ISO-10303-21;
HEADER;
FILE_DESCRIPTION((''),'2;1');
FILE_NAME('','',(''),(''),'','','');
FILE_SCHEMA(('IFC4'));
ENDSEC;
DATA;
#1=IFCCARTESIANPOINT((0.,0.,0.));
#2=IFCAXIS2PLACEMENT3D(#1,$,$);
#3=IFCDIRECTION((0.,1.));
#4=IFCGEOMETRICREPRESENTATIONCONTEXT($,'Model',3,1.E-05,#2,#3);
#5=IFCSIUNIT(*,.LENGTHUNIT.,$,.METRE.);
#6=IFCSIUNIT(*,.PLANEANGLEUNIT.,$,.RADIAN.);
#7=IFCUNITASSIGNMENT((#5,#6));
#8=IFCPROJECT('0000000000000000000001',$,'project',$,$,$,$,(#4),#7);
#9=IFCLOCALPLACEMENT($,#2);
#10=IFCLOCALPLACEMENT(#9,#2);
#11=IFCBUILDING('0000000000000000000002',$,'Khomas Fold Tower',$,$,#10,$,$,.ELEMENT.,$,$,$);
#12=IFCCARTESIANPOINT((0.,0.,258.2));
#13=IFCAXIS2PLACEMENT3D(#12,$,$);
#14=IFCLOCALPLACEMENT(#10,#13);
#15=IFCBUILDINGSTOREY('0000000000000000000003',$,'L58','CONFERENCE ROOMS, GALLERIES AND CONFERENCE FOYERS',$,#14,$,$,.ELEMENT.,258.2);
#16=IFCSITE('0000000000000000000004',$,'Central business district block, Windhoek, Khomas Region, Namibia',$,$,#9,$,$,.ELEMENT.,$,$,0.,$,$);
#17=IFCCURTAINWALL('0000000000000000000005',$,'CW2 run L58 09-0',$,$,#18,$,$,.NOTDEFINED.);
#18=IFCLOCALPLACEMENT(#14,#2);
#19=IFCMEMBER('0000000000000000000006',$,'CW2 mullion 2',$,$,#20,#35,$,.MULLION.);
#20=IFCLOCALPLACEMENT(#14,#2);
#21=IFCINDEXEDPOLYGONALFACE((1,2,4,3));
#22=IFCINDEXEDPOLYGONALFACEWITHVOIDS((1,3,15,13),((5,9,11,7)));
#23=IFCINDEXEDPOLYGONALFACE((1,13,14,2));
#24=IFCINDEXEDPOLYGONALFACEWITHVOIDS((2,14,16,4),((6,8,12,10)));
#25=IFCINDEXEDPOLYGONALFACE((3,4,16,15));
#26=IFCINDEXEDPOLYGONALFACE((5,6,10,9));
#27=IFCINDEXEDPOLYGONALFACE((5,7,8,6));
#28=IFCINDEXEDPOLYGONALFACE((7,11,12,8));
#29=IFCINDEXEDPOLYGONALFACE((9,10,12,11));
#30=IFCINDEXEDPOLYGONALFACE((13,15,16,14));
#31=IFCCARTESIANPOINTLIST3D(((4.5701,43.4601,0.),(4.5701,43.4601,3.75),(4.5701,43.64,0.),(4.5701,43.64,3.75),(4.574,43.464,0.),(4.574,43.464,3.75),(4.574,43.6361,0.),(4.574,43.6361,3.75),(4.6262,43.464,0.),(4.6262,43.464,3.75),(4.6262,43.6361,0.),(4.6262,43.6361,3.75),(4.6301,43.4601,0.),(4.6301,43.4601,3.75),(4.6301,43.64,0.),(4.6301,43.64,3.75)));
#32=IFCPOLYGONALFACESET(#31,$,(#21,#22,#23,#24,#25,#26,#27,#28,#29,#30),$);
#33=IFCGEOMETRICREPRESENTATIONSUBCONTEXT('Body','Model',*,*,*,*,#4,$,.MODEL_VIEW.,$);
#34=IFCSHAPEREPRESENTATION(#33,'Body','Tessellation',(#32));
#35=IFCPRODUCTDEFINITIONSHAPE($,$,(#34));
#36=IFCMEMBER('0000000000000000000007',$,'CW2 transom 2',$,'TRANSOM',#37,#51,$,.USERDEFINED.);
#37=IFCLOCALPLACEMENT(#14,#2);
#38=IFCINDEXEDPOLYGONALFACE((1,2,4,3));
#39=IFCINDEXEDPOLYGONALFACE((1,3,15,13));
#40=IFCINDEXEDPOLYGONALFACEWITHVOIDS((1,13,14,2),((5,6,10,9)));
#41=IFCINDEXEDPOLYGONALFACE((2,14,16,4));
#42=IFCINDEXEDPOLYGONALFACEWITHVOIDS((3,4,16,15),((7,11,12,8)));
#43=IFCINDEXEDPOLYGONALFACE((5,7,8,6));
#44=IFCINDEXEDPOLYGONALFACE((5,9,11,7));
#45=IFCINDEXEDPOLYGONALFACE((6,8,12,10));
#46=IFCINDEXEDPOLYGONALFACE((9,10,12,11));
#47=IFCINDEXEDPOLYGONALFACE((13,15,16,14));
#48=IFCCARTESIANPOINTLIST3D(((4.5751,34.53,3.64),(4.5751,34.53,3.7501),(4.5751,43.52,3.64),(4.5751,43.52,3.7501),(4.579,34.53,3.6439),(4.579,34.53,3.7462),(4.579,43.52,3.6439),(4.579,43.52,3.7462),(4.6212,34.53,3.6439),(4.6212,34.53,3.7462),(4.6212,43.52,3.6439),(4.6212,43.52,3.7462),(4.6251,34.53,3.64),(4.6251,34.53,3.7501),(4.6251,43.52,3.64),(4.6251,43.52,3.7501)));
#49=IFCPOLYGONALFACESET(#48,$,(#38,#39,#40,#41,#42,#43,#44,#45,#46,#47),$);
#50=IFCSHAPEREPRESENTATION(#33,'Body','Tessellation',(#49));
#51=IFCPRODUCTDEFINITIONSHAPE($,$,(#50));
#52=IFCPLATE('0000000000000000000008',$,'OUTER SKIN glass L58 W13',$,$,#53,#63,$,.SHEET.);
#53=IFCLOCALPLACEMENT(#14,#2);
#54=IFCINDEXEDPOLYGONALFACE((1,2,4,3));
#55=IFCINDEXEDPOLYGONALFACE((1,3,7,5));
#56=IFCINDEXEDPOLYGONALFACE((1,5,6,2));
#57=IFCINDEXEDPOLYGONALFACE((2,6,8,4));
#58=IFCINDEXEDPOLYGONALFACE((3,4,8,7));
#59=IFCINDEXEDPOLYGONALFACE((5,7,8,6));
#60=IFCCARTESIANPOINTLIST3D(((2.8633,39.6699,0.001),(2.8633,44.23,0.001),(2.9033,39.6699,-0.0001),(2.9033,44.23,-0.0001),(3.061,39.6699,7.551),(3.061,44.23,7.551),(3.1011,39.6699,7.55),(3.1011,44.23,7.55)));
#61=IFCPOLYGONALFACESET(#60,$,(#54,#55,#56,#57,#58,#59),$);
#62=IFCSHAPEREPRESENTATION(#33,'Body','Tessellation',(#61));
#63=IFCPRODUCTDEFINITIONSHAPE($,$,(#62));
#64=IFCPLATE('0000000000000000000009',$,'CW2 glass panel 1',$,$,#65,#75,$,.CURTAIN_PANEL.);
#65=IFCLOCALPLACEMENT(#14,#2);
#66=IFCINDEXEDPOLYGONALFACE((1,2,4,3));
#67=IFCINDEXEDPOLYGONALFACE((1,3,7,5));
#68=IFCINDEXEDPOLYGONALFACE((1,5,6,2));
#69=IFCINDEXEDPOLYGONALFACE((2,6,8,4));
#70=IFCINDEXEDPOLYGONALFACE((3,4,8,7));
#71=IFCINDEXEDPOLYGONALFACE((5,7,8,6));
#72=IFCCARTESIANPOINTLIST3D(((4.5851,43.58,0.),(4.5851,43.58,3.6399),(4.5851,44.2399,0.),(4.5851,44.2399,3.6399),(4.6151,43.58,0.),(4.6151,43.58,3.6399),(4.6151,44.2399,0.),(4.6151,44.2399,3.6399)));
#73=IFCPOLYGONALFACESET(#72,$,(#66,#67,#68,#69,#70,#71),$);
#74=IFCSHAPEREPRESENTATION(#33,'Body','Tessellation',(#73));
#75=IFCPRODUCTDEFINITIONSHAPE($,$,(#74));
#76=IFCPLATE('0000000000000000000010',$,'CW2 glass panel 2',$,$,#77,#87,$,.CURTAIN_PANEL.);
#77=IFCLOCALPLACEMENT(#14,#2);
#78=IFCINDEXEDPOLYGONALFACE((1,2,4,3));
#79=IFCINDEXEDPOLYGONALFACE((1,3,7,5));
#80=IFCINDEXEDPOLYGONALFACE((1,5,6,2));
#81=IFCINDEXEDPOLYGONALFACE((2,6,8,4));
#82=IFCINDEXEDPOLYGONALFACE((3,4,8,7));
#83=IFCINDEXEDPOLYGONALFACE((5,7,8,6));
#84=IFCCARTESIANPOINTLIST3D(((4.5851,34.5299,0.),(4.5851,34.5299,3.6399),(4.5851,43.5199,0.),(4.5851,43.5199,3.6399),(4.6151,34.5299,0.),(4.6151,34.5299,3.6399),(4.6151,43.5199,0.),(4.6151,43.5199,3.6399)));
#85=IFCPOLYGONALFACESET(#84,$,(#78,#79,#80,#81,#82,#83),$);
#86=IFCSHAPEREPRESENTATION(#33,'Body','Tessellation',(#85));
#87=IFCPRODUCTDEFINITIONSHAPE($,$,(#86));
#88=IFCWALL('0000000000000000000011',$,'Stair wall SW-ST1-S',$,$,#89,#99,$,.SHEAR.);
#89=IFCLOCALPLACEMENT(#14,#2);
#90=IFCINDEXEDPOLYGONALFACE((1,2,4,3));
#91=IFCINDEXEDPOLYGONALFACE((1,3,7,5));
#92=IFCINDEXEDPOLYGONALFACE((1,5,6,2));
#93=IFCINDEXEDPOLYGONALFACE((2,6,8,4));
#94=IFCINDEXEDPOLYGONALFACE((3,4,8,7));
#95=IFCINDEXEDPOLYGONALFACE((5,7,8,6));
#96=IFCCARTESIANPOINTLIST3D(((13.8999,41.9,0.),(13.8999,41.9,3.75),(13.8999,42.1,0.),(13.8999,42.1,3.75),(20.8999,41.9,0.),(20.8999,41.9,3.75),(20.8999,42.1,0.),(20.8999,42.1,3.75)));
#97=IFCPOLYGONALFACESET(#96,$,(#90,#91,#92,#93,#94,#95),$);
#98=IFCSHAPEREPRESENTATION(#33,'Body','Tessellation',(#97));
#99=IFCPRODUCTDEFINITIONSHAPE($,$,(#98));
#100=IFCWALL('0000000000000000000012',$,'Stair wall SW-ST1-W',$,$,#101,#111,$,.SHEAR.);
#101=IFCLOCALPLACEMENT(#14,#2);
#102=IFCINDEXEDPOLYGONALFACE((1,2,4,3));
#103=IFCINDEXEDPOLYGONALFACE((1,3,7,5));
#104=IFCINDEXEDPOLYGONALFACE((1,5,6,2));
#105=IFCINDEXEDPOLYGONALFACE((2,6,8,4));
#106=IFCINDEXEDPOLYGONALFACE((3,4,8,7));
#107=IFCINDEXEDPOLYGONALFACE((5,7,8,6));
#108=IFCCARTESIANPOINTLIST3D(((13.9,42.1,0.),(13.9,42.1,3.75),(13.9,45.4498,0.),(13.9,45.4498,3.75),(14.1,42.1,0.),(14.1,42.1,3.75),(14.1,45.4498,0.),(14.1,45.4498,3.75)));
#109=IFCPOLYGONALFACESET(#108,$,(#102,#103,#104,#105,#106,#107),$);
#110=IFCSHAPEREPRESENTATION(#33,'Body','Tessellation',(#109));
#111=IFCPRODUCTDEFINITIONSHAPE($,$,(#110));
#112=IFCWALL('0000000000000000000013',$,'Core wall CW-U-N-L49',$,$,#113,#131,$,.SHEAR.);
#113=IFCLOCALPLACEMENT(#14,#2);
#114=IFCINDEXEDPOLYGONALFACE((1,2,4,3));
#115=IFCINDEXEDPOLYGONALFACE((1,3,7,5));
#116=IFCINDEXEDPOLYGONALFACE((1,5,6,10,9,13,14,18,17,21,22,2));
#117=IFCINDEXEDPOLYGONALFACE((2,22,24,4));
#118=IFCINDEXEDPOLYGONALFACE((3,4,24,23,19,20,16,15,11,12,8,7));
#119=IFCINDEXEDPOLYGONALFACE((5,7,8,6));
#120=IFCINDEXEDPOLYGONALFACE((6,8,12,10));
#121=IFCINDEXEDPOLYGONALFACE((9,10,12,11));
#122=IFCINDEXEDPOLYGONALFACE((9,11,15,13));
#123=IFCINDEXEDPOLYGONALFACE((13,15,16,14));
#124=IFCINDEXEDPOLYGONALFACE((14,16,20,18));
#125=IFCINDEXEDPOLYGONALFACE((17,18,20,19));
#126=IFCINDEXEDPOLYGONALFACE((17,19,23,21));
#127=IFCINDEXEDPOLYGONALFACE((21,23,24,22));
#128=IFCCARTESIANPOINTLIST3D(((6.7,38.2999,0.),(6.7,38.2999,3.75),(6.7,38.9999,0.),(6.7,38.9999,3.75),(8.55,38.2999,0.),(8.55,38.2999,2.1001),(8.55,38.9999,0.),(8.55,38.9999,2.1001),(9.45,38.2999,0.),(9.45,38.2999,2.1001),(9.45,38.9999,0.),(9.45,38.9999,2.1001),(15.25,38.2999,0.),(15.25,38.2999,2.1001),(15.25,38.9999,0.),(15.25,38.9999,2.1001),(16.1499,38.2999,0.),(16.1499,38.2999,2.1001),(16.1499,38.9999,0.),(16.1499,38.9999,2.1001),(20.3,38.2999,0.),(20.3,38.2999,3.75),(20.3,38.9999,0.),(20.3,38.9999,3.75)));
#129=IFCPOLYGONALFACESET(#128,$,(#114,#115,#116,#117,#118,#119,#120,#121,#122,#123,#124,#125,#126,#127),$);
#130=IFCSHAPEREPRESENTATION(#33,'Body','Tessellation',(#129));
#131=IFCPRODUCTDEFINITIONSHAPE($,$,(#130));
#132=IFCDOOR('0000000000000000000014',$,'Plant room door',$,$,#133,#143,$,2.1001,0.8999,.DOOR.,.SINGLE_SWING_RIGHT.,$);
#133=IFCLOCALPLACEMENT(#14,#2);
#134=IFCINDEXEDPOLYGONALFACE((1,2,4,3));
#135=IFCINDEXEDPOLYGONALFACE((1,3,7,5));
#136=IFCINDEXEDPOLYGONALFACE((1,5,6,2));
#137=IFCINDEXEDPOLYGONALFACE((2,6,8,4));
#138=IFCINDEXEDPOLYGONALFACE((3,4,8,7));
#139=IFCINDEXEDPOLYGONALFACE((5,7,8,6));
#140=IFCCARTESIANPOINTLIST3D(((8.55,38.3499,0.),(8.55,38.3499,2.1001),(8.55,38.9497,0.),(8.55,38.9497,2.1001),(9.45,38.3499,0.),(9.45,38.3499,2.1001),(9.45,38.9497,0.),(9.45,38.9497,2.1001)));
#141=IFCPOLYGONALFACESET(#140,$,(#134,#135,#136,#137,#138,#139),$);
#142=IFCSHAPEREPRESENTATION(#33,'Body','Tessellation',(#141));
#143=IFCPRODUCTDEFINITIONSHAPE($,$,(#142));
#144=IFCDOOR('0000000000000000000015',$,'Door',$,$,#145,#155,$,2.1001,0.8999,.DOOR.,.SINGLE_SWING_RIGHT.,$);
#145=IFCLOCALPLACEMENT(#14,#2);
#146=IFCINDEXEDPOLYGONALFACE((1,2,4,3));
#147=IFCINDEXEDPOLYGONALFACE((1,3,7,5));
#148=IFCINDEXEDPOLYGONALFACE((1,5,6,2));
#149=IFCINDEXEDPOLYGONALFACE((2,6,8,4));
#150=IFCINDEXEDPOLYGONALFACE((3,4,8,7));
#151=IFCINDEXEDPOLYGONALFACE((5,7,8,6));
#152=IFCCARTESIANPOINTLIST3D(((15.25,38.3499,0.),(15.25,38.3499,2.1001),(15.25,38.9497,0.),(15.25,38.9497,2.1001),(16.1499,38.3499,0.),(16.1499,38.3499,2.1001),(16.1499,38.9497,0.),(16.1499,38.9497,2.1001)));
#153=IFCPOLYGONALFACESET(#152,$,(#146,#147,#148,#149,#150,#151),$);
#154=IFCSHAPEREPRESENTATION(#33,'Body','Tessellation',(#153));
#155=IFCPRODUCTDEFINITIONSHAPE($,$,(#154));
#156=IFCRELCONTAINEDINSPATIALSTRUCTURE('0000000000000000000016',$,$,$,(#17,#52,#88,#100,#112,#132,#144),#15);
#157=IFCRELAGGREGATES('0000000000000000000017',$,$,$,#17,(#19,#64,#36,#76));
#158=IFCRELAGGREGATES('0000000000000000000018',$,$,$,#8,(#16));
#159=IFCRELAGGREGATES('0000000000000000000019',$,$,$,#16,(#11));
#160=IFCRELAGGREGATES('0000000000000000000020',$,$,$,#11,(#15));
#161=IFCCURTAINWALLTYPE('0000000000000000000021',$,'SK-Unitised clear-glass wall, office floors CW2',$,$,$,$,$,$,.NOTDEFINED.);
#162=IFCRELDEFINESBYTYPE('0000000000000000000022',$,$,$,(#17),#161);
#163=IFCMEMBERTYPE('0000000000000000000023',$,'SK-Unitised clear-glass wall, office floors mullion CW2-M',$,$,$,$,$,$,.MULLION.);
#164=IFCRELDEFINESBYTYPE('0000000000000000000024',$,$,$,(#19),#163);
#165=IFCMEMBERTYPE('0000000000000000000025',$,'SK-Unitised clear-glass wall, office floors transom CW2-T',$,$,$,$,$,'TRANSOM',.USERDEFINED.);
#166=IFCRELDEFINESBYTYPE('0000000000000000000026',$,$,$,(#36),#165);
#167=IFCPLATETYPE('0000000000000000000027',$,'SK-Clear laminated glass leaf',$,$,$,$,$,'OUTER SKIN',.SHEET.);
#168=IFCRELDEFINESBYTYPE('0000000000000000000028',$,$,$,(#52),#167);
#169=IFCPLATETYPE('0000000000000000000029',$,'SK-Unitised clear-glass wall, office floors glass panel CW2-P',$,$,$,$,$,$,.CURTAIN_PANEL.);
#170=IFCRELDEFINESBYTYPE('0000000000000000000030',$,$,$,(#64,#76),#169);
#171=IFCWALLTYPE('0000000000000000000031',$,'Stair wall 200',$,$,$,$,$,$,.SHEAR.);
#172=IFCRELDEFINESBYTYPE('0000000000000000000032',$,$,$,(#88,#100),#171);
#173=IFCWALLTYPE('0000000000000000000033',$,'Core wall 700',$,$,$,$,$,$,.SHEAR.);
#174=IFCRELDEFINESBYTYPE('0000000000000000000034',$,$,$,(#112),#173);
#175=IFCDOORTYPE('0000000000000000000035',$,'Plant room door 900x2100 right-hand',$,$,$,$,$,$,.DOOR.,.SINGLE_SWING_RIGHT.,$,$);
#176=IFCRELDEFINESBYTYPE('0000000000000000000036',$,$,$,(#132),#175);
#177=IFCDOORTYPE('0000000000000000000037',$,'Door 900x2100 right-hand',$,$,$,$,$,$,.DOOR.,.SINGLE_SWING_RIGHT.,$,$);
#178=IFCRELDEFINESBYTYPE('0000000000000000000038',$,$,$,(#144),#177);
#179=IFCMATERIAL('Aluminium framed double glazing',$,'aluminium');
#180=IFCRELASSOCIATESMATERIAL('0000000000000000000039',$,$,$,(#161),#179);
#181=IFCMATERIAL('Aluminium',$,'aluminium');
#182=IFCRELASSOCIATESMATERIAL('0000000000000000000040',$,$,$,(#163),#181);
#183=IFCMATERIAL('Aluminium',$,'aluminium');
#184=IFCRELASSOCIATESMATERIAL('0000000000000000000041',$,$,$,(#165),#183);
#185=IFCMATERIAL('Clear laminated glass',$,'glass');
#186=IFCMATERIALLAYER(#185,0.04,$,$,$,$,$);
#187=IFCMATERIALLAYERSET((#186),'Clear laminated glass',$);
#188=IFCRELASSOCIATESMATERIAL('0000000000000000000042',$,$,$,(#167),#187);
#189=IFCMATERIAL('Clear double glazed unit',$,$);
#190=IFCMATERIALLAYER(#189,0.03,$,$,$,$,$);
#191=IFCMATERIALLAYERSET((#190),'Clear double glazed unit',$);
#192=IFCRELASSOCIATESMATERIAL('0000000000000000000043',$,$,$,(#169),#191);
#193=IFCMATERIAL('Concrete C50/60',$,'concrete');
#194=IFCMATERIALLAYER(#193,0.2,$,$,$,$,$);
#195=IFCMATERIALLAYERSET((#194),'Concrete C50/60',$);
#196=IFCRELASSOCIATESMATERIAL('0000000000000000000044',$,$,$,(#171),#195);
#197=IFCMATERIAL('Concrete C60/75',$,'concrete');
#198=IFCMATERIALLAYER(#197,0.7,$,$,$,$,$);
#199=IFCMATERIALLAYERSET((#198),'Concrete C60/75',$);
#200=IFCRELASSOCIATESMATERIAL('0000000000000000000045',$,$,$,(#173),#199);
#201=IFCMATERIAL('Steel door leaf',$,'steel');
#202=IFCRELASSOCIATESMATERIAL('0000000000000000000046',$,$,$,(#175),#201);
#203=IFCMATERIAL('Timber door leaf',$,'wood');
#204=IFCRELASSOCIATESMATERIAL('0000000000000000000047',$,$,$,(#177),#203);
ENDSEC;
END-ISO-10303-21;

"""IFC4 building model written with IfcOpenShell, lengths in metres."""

from ifc_helpers import new_model, si_unit, direction, frame, frame_2d, origin, origin_2d, place, context, subcontext, project, spatial, polyline, rectangle, hollow_rectangle, outline, extrude, source, transform, mapped, material, layer, layer_set, material_profile, profile_set, type_object, element, fill, aggregate, save


model = new_model("IFC4")

# Units and contexts
model_context = context("Model", 3, precision=1e-05, world=origin(), true_north=direction((0.0, 1.0)))
body_context = subcontext(model_context, "Body", "Model", "MODEL_VIEW")
ifc_project = project(units=[si_unit("LENGTHUNIT", "METRE"), si_unit("PLANEANGLEUNIT", "RADIAN")], contexts=[model_context])

# Site, building, storey
site_placement = place(None, origin())
site = spatial("IfcSite", under=ifc_project, at=site_placement, Name="Central business district block, Windhoek, Khomas Region, Namibia", CompositionType="ELEMENT", RefElevation=0.0)
building_placement = place(site_placement, origin())
building = spatial("IfcBuilding", under=site, at=building_placement, Name="Khomas Fold Tower", CompositionType="ELEMENT")
storey_placement = place(building_placement, frame((0.0, 0.0, 258.2)))
storey = spatial("IfcBuildingStorey", under=building, at=storey_placement, Name="L58", Description="CONFERENCE ROOMS, GALLERIES AND CONFERENCE FOYERS", CompositionType="ELEMENT", Elevation=258.2)

# Curtain wall, members
ifc_material_1 = material(Name="Aluminium framed double glazing", Category="aluminium")
curtain_wall_type = type_object("IfcCurtainWallType", Name="SK-Unitised clear-glass wall, office floors CW2", PredefinedType="NOTDEFINED", material=ifc_material_1)
curtain_wall_placement = place(storey_placement, origin())
curtain_wall = element("IfcCurtainWall", 1, at=curtain_wall_placement, inside=storey, type_object=curtain_wall_type, Name="CW2 run L58 09-0", PredefinedType="NOTDEFINED")
ifc_material_2 = material(Name="Aluminium", Category="aluminium")
ifc_material_profile_1 = material_profile(ifc_material_2, hollow_rectangle(XDim=0.0601, YDim=0.1799, WallThickness=0.0039, at=origin_2d()), Name="SK-Unitised clear-glass wall, office floors mullion CW2-M")
ifc_profile_set_1 = profile_set([ifc_material_profile_1], Name="Aluminium")
member_type_1 = type_object("IfcMemberType", Name="SK-Unitised clear-glass wall, office floors mullion CW2-M", PredefinedType="MULLION", material=ifc_profile_set_1)
shared_shape_1 = source(origin(), body_context, "Body", "SweptSolid", [
    extrude(hollow_rectangle(XDim=0.0601, YDim=0.1799, WallThickness=0.0039, at=origin_2d()), origin(), (0.0, 0.0, 1.0), 3.75),
])
member_1_placement = place(storey_placement, frame((4.6001, 43.55, 0.0), z_axis=(0.0, 0.0, 1.0), x_axis=(1.0, 0.0, 0.0)))
member_1 = element("IfcMember", 2, at=member_1_placement, type_object=member_type_1, Name="CW2 mullion 2", PredefinedType="MULLION", context=body_context, shape_type="MappedRepresentation", body=[
    mapped(shared_shape_1, transform((0.0, 0.0, 0.0))),
])
ifc_material_3 = material(Name="Aluminium", Category="aluminium")
ifc_material_profile_2 = material_profile(ifc_material_3, hollow_rectangle(XDim=0.05, YDim=0.1101, WallThickness=0.0039, at=origin_2d()), Name="SK-Unitised clear-glass wall, office floors transom CW2-T")
ifc_profile_set_2 = profile_set([ifc_material_profile_2], Name="Aluminium")
member_type_2 = type_object("IfcMemberType", Name="SK-Unitised clear-glass wall, office floors transom CW2-T", ElementType="TRANSOM", PredefinedType="USERDEFINED", material=ifc_profile_set_2)
shared_shape_2 = source(origin(), body_context, "Body", "SweptSolid", [
    extrude(hollow_rectangle(XDim=0.05, YDim=0.1101, WallThickness=0.0039, at=origin_2d()), origin(), (0.0, 0.0, 1.0), 8.99),
])
member_2_placement = place(storey_placement, frame((4.6001, 43.52, 3.6951), z_axis=(0.0, -1.0, 0.0), x_axis=(1.0, 0.0, 0.0)))
member_2 = element("IfcMember", 3, at=member_2_placement, type_object=member_type_2, Name="CW2 transom 2", ObjectType="TRANSOM", PredefinedType="USERDEFINED", context=body_context, shape_type="MappedRepresentation", body=[
    mapped(shared_shape_2, transform((0.0, 0.0, 0.0))),
])

# Plates
ifc_material_4 = material(Name="Clear laminated glass", Category="glass")
ifc_layer_1 = layer(ifc_material_4, 0.04)
ifc_layer_set_1 = layer_set([ifc_layer_1], Name="Clear laminated glass")
plate_type_1 = type_object("IfcPlateType", Name="SK-Clear laminated glass leaf", ElementType="OUTER SKIN", PredefinedType="SHEET", material=ifc_layer_set_1)
plate_1_placement = place(storey_placement, frame((2.8633, 39.6699, 0.001), z_axis=(-0.999657, 0.0, 0.026183), x_axis=(0.0, 1.0, 0.0)))
element("IfcPlate", 4, at=plate_1_placement, inside=storey, type_object=plate_type_1, Name="OUTER SKIN glass L58 W13", PredefinedType="SHEET", context=body_context, shape_type="SweptSolid", body=[
    extrude(outline(polyline([(0.0, 0.0), (4.5601, 0.0), (4.5601, -7.5526), (0.0, -7.5526), (0.0, 0.0)])), origin(), (0.0, 0.0, -1.0), 0.04),
])
ifc_material_5 = material(Name="Clear double glazed unit")
ifc_layer_2 = layer(ifc_material_5, 0.03)
ifc_layer_set_2 = layer_set([ifc_layer_2], Name="Clear double glazed unit")
plate_type_2 = type_object("IfcPlateType", Name="SK-Unitised clear-glass wall, office floors glass panel CW2-P", PredefinedType="CURTAIN_PANEL", material=ifc_layer_set_2)
shared_shape_3 = source(origin(), body_context, "Body", "SweptSolid", [
    extrude(rectangle(XDim=0.6599, YDim=0.03, at=origin_2d()), origin(), (0.0, 0.0, 1.0), 3.6399),
])
plate_2_placement = place(storey_placement, frame((4.6001, 43.9099, 0.0), z_axis=(0.0, 0.0, 1.0), x_axis=(0.0, -1.0, 0.0)))
plate_2 = element("IfcPlate", 5, at=plate_2_placement, type_object=plate_type_2, Name="CW2 glass panel 1", PredefinedType="CURTAIN_PANEL", context=body_context, shape_type="MappedRepresentation", body=[
    mapped(shared_shape_3, transform((0.0, 0.0, 0.0))),
])
shared_shape_4 = source(origin(), body_context, "Body", "SweptSolid", [
    extrude(rectangle(XDim=8.99, YDim=0.03, at=origin_2d()), origin(), (0.0, 0.0, 1.0), 3.6399),
])
plate_3_placement = place(storey_placement, frame((4.6001, 39.0249, 0.0), z_axis=(0.0, 0.0, 1.0), x_axis=(0.0, -1.0, 0.0)))
plate_3 = element("IfcPlate", 6, at=plate_3_placement, type_object=plate_type_2, Name="CW2 glass panel 2", PredefinedType="CURTAIN_PANEL", context=body_context, shape_type="MappedRepresentation", body=[
    mapped(shared_shape_4, transform((0.0, 0.0, 0.0))),
])
aggregate(curtain_wall, [member_1, plate_2, member_2, plate_3])

# Walls
ifc_material_6 = material(Name="Concrete C50/60", Category="concrete")
ifc_layer_3 = layer(ifc_material_6, 0.2)
ifc_layer_set_3 = layer_set([ifc_layer_3], Name="Concrete C50/60")
wall_type_1 = type_object("IfcWallType", Name="Stair wall 200", PredefinedType="SHEAR", material=ifc_layer_set_3)
shared_shape_5 = source(origin(), body_context, "Body", "SweptSolid", [
    extrude(rectangle(XDim=7.0, YDim=0.2, at=frame_2d((3.5, 0.0))), origin(), (0.0, 0.0, 1.0), 3.75),
])
wall_1_placement = place(storey_placement, frame((13.8999, 42.0, 0.0), z_axis=(0.0, 0.0, 1.0), x_axis=(1.0, 0.0, 0.0)))
element("IfcWall", 7, at=wall_1_placement, inside=storey, type_object=wall_type_1, Name="Stair wall SW-ST1-S", PredefinedType="SHEAR", context=body_context, shape_type="MappedRepresentation", body=[
    mapped(shared_shape_5, transform((0.0, 0.0, 0.0))),
])
shared_shape_6 = source(origin(), body_context, "Body", "SweptSolid", [
    extrude(rectangle(XDim=3.3499, YDim=0.2, at=frame_2d((1.6748, 0.0))), origin(), (0.0, 0.0, 1.0), 3.75),
])
wall_2_placement = place(storey_placement, frame((14.0, 42.1001, 0.0), z_axis=(0.0, 0.0, 1.0), x_axis=(0.0, 1.0, 0.0)))
element("IfcWall", 8, at=wall_2_placement, inside=storey, type_object=wall_type_1, Name="Stair wall SW-ST1-W", PredefinedType="SHEAR", context=body_context, shape_type="MappedRepresentation", body=[
    mapped(shared_shape_6, transform((0.0, 0.0, 0.0))),
])

# Wall, openings, doors
ifc_material_7 = material(Name="Concrete C60/75", Category="concrete")
ifc_layer_4 = layer(ifc_material_7, 0.7)
ifc_layer_set_4 = layer_set([ifc_layer_4], Name="Concrete C60/75")
wall_type_2 = type_object("IfcWallType", Name="Core wall 700", PredefinedType="SHEAR", material=ifc_layer_set_4)
shared_shape_7 = source(origin(), body_context, "Body", "SweptSolid", [
    extrude(rectangle(XDim=13.6001, YDim=0.7, at=frame_2d((6.8, 0.0))), origin(), (0.0, 0.0, 1.0), 3.75),
])
wall_3_placement = place(storey_placement, frame((6.7, 38.6499, 0.0), z_axis=(0.0, 0.0, 1.0), x_axis=(1.0, 0.0, 0.0)))
wall_3 = element("IfcWall", 9, at=wall_3_placement, inside=storey, type_object=wall_type_2, Name="Core wall CW-U-N-L49", PredefinedType="SHEAR", context=body_context, shape_type="MappedRepresentation", body=[
    mapped(shared_shape_7, transform((0.0, 0.0, 0.0))),
])
shared_shape_8 = source(origin(), body_context, "Body", "SweptSolid", [
    extrude(rectangle(XDim=0.8999, YDim=2.1001, at=frame_2d((0.45, 1.05))), frame((0.0, 0.3599, 0.0), z_axis=(0.0, -1.0, 0.0), x_axis=(1.0, 0.0, 0.0)), (0.0, 0.0, 1.0), 0.72),
])
opening_1_placement = place(wall_3_placement, frame((1.8501, 0.0, 0.0)))
opening_1 = element("IfcOpeningElement", 10, at=opening_1_placement, cuts=wall_3, PredefinedType="OPENING", context=body_context, shape_type="MappedRepresentation", body=[
    mapped(shared_shape_8, transform((0.0, 0.0, 0.0))),
])
opening_2_placement = place(wall_3_placement, frame((8.55, 0.0, 0.0)))
opening_2 = element("IfcOpeningElement", 11, at=opening_2_placement, cuts=wall_3, PredefinedType="OPENING", context=body_context, shape_type="MappedRepresentation", body=[
    mapped(shared_shape_8, transform((0.0, 0.0, 0.0))),
])
ifc_material_8 = material(Name="Steel door leaf", Category="steel")
door_type_1 = type_object("IfcDoorType", Name="Plant room door 900x2100 right-hand", OperationType="SINGLE_SWING_RIGHT", PredefinedType="DOOR", material=ifc_material_8)
shared_shape_9 = source(origin(), body_context, "Body", "SweptSolid", [
    extrude(rectangle(XDim=0.8999, YDim=2.1001, at=frame_2d((0.45, 1.05))), frame((0.0, 0.2998, 0.0), z_axis=(0.0, -1.0, 0.0), x_axis=(1.0, 0.0, 0.0)), (0.0, 0.0, 1.0), 0.5999),
])
door_1_placement = place(opening_1_placement, origin())
door_1 = element("IfcDoor", 12, at=door_1_placement, inside=storey, type_object=door_type_1, Name="Plant room door", OperationType="SINGLE_SWING_RIGHT", OverallHeight=2.1001, OverallWidth=0.8999, PredefinedType="DOOR", context=body_context, shape_type="MappedRepresentation", body=[
    mapped(shared_shape_9, transform((0.0, 0.0, 0.0))),
])
fill(opening_1, door_1)
ifc_material_9 = material(Name="Timber door leaf", Category="wood")
door_type_2 = type_object("IfcDoorType", Name="Door 900x2100 right-hand", OperationType="SINGLE_SWING_RIGHT", PredefinedType="DOOR", material=ifc_material_9)
door_2_placement = place(opening_2_placement, origin())
door_2 = element("IfcDoor", 13, at=door_2_placement, inside=storey, type_object=door_type_2, Name="Door", OperationType="SINGLE_SWING_RIGHT", OverallHeight=2.1001, OverallWidth=0.8999, PredefinedType="DOOR", context=body_context, shape_type="MappedRepresentation", body=[
    mapped(shared_shape_9, transform((0.0, 0.0, 0.0))),
])
fill(opening_2, door_2)

save(model, "model.ifc")
